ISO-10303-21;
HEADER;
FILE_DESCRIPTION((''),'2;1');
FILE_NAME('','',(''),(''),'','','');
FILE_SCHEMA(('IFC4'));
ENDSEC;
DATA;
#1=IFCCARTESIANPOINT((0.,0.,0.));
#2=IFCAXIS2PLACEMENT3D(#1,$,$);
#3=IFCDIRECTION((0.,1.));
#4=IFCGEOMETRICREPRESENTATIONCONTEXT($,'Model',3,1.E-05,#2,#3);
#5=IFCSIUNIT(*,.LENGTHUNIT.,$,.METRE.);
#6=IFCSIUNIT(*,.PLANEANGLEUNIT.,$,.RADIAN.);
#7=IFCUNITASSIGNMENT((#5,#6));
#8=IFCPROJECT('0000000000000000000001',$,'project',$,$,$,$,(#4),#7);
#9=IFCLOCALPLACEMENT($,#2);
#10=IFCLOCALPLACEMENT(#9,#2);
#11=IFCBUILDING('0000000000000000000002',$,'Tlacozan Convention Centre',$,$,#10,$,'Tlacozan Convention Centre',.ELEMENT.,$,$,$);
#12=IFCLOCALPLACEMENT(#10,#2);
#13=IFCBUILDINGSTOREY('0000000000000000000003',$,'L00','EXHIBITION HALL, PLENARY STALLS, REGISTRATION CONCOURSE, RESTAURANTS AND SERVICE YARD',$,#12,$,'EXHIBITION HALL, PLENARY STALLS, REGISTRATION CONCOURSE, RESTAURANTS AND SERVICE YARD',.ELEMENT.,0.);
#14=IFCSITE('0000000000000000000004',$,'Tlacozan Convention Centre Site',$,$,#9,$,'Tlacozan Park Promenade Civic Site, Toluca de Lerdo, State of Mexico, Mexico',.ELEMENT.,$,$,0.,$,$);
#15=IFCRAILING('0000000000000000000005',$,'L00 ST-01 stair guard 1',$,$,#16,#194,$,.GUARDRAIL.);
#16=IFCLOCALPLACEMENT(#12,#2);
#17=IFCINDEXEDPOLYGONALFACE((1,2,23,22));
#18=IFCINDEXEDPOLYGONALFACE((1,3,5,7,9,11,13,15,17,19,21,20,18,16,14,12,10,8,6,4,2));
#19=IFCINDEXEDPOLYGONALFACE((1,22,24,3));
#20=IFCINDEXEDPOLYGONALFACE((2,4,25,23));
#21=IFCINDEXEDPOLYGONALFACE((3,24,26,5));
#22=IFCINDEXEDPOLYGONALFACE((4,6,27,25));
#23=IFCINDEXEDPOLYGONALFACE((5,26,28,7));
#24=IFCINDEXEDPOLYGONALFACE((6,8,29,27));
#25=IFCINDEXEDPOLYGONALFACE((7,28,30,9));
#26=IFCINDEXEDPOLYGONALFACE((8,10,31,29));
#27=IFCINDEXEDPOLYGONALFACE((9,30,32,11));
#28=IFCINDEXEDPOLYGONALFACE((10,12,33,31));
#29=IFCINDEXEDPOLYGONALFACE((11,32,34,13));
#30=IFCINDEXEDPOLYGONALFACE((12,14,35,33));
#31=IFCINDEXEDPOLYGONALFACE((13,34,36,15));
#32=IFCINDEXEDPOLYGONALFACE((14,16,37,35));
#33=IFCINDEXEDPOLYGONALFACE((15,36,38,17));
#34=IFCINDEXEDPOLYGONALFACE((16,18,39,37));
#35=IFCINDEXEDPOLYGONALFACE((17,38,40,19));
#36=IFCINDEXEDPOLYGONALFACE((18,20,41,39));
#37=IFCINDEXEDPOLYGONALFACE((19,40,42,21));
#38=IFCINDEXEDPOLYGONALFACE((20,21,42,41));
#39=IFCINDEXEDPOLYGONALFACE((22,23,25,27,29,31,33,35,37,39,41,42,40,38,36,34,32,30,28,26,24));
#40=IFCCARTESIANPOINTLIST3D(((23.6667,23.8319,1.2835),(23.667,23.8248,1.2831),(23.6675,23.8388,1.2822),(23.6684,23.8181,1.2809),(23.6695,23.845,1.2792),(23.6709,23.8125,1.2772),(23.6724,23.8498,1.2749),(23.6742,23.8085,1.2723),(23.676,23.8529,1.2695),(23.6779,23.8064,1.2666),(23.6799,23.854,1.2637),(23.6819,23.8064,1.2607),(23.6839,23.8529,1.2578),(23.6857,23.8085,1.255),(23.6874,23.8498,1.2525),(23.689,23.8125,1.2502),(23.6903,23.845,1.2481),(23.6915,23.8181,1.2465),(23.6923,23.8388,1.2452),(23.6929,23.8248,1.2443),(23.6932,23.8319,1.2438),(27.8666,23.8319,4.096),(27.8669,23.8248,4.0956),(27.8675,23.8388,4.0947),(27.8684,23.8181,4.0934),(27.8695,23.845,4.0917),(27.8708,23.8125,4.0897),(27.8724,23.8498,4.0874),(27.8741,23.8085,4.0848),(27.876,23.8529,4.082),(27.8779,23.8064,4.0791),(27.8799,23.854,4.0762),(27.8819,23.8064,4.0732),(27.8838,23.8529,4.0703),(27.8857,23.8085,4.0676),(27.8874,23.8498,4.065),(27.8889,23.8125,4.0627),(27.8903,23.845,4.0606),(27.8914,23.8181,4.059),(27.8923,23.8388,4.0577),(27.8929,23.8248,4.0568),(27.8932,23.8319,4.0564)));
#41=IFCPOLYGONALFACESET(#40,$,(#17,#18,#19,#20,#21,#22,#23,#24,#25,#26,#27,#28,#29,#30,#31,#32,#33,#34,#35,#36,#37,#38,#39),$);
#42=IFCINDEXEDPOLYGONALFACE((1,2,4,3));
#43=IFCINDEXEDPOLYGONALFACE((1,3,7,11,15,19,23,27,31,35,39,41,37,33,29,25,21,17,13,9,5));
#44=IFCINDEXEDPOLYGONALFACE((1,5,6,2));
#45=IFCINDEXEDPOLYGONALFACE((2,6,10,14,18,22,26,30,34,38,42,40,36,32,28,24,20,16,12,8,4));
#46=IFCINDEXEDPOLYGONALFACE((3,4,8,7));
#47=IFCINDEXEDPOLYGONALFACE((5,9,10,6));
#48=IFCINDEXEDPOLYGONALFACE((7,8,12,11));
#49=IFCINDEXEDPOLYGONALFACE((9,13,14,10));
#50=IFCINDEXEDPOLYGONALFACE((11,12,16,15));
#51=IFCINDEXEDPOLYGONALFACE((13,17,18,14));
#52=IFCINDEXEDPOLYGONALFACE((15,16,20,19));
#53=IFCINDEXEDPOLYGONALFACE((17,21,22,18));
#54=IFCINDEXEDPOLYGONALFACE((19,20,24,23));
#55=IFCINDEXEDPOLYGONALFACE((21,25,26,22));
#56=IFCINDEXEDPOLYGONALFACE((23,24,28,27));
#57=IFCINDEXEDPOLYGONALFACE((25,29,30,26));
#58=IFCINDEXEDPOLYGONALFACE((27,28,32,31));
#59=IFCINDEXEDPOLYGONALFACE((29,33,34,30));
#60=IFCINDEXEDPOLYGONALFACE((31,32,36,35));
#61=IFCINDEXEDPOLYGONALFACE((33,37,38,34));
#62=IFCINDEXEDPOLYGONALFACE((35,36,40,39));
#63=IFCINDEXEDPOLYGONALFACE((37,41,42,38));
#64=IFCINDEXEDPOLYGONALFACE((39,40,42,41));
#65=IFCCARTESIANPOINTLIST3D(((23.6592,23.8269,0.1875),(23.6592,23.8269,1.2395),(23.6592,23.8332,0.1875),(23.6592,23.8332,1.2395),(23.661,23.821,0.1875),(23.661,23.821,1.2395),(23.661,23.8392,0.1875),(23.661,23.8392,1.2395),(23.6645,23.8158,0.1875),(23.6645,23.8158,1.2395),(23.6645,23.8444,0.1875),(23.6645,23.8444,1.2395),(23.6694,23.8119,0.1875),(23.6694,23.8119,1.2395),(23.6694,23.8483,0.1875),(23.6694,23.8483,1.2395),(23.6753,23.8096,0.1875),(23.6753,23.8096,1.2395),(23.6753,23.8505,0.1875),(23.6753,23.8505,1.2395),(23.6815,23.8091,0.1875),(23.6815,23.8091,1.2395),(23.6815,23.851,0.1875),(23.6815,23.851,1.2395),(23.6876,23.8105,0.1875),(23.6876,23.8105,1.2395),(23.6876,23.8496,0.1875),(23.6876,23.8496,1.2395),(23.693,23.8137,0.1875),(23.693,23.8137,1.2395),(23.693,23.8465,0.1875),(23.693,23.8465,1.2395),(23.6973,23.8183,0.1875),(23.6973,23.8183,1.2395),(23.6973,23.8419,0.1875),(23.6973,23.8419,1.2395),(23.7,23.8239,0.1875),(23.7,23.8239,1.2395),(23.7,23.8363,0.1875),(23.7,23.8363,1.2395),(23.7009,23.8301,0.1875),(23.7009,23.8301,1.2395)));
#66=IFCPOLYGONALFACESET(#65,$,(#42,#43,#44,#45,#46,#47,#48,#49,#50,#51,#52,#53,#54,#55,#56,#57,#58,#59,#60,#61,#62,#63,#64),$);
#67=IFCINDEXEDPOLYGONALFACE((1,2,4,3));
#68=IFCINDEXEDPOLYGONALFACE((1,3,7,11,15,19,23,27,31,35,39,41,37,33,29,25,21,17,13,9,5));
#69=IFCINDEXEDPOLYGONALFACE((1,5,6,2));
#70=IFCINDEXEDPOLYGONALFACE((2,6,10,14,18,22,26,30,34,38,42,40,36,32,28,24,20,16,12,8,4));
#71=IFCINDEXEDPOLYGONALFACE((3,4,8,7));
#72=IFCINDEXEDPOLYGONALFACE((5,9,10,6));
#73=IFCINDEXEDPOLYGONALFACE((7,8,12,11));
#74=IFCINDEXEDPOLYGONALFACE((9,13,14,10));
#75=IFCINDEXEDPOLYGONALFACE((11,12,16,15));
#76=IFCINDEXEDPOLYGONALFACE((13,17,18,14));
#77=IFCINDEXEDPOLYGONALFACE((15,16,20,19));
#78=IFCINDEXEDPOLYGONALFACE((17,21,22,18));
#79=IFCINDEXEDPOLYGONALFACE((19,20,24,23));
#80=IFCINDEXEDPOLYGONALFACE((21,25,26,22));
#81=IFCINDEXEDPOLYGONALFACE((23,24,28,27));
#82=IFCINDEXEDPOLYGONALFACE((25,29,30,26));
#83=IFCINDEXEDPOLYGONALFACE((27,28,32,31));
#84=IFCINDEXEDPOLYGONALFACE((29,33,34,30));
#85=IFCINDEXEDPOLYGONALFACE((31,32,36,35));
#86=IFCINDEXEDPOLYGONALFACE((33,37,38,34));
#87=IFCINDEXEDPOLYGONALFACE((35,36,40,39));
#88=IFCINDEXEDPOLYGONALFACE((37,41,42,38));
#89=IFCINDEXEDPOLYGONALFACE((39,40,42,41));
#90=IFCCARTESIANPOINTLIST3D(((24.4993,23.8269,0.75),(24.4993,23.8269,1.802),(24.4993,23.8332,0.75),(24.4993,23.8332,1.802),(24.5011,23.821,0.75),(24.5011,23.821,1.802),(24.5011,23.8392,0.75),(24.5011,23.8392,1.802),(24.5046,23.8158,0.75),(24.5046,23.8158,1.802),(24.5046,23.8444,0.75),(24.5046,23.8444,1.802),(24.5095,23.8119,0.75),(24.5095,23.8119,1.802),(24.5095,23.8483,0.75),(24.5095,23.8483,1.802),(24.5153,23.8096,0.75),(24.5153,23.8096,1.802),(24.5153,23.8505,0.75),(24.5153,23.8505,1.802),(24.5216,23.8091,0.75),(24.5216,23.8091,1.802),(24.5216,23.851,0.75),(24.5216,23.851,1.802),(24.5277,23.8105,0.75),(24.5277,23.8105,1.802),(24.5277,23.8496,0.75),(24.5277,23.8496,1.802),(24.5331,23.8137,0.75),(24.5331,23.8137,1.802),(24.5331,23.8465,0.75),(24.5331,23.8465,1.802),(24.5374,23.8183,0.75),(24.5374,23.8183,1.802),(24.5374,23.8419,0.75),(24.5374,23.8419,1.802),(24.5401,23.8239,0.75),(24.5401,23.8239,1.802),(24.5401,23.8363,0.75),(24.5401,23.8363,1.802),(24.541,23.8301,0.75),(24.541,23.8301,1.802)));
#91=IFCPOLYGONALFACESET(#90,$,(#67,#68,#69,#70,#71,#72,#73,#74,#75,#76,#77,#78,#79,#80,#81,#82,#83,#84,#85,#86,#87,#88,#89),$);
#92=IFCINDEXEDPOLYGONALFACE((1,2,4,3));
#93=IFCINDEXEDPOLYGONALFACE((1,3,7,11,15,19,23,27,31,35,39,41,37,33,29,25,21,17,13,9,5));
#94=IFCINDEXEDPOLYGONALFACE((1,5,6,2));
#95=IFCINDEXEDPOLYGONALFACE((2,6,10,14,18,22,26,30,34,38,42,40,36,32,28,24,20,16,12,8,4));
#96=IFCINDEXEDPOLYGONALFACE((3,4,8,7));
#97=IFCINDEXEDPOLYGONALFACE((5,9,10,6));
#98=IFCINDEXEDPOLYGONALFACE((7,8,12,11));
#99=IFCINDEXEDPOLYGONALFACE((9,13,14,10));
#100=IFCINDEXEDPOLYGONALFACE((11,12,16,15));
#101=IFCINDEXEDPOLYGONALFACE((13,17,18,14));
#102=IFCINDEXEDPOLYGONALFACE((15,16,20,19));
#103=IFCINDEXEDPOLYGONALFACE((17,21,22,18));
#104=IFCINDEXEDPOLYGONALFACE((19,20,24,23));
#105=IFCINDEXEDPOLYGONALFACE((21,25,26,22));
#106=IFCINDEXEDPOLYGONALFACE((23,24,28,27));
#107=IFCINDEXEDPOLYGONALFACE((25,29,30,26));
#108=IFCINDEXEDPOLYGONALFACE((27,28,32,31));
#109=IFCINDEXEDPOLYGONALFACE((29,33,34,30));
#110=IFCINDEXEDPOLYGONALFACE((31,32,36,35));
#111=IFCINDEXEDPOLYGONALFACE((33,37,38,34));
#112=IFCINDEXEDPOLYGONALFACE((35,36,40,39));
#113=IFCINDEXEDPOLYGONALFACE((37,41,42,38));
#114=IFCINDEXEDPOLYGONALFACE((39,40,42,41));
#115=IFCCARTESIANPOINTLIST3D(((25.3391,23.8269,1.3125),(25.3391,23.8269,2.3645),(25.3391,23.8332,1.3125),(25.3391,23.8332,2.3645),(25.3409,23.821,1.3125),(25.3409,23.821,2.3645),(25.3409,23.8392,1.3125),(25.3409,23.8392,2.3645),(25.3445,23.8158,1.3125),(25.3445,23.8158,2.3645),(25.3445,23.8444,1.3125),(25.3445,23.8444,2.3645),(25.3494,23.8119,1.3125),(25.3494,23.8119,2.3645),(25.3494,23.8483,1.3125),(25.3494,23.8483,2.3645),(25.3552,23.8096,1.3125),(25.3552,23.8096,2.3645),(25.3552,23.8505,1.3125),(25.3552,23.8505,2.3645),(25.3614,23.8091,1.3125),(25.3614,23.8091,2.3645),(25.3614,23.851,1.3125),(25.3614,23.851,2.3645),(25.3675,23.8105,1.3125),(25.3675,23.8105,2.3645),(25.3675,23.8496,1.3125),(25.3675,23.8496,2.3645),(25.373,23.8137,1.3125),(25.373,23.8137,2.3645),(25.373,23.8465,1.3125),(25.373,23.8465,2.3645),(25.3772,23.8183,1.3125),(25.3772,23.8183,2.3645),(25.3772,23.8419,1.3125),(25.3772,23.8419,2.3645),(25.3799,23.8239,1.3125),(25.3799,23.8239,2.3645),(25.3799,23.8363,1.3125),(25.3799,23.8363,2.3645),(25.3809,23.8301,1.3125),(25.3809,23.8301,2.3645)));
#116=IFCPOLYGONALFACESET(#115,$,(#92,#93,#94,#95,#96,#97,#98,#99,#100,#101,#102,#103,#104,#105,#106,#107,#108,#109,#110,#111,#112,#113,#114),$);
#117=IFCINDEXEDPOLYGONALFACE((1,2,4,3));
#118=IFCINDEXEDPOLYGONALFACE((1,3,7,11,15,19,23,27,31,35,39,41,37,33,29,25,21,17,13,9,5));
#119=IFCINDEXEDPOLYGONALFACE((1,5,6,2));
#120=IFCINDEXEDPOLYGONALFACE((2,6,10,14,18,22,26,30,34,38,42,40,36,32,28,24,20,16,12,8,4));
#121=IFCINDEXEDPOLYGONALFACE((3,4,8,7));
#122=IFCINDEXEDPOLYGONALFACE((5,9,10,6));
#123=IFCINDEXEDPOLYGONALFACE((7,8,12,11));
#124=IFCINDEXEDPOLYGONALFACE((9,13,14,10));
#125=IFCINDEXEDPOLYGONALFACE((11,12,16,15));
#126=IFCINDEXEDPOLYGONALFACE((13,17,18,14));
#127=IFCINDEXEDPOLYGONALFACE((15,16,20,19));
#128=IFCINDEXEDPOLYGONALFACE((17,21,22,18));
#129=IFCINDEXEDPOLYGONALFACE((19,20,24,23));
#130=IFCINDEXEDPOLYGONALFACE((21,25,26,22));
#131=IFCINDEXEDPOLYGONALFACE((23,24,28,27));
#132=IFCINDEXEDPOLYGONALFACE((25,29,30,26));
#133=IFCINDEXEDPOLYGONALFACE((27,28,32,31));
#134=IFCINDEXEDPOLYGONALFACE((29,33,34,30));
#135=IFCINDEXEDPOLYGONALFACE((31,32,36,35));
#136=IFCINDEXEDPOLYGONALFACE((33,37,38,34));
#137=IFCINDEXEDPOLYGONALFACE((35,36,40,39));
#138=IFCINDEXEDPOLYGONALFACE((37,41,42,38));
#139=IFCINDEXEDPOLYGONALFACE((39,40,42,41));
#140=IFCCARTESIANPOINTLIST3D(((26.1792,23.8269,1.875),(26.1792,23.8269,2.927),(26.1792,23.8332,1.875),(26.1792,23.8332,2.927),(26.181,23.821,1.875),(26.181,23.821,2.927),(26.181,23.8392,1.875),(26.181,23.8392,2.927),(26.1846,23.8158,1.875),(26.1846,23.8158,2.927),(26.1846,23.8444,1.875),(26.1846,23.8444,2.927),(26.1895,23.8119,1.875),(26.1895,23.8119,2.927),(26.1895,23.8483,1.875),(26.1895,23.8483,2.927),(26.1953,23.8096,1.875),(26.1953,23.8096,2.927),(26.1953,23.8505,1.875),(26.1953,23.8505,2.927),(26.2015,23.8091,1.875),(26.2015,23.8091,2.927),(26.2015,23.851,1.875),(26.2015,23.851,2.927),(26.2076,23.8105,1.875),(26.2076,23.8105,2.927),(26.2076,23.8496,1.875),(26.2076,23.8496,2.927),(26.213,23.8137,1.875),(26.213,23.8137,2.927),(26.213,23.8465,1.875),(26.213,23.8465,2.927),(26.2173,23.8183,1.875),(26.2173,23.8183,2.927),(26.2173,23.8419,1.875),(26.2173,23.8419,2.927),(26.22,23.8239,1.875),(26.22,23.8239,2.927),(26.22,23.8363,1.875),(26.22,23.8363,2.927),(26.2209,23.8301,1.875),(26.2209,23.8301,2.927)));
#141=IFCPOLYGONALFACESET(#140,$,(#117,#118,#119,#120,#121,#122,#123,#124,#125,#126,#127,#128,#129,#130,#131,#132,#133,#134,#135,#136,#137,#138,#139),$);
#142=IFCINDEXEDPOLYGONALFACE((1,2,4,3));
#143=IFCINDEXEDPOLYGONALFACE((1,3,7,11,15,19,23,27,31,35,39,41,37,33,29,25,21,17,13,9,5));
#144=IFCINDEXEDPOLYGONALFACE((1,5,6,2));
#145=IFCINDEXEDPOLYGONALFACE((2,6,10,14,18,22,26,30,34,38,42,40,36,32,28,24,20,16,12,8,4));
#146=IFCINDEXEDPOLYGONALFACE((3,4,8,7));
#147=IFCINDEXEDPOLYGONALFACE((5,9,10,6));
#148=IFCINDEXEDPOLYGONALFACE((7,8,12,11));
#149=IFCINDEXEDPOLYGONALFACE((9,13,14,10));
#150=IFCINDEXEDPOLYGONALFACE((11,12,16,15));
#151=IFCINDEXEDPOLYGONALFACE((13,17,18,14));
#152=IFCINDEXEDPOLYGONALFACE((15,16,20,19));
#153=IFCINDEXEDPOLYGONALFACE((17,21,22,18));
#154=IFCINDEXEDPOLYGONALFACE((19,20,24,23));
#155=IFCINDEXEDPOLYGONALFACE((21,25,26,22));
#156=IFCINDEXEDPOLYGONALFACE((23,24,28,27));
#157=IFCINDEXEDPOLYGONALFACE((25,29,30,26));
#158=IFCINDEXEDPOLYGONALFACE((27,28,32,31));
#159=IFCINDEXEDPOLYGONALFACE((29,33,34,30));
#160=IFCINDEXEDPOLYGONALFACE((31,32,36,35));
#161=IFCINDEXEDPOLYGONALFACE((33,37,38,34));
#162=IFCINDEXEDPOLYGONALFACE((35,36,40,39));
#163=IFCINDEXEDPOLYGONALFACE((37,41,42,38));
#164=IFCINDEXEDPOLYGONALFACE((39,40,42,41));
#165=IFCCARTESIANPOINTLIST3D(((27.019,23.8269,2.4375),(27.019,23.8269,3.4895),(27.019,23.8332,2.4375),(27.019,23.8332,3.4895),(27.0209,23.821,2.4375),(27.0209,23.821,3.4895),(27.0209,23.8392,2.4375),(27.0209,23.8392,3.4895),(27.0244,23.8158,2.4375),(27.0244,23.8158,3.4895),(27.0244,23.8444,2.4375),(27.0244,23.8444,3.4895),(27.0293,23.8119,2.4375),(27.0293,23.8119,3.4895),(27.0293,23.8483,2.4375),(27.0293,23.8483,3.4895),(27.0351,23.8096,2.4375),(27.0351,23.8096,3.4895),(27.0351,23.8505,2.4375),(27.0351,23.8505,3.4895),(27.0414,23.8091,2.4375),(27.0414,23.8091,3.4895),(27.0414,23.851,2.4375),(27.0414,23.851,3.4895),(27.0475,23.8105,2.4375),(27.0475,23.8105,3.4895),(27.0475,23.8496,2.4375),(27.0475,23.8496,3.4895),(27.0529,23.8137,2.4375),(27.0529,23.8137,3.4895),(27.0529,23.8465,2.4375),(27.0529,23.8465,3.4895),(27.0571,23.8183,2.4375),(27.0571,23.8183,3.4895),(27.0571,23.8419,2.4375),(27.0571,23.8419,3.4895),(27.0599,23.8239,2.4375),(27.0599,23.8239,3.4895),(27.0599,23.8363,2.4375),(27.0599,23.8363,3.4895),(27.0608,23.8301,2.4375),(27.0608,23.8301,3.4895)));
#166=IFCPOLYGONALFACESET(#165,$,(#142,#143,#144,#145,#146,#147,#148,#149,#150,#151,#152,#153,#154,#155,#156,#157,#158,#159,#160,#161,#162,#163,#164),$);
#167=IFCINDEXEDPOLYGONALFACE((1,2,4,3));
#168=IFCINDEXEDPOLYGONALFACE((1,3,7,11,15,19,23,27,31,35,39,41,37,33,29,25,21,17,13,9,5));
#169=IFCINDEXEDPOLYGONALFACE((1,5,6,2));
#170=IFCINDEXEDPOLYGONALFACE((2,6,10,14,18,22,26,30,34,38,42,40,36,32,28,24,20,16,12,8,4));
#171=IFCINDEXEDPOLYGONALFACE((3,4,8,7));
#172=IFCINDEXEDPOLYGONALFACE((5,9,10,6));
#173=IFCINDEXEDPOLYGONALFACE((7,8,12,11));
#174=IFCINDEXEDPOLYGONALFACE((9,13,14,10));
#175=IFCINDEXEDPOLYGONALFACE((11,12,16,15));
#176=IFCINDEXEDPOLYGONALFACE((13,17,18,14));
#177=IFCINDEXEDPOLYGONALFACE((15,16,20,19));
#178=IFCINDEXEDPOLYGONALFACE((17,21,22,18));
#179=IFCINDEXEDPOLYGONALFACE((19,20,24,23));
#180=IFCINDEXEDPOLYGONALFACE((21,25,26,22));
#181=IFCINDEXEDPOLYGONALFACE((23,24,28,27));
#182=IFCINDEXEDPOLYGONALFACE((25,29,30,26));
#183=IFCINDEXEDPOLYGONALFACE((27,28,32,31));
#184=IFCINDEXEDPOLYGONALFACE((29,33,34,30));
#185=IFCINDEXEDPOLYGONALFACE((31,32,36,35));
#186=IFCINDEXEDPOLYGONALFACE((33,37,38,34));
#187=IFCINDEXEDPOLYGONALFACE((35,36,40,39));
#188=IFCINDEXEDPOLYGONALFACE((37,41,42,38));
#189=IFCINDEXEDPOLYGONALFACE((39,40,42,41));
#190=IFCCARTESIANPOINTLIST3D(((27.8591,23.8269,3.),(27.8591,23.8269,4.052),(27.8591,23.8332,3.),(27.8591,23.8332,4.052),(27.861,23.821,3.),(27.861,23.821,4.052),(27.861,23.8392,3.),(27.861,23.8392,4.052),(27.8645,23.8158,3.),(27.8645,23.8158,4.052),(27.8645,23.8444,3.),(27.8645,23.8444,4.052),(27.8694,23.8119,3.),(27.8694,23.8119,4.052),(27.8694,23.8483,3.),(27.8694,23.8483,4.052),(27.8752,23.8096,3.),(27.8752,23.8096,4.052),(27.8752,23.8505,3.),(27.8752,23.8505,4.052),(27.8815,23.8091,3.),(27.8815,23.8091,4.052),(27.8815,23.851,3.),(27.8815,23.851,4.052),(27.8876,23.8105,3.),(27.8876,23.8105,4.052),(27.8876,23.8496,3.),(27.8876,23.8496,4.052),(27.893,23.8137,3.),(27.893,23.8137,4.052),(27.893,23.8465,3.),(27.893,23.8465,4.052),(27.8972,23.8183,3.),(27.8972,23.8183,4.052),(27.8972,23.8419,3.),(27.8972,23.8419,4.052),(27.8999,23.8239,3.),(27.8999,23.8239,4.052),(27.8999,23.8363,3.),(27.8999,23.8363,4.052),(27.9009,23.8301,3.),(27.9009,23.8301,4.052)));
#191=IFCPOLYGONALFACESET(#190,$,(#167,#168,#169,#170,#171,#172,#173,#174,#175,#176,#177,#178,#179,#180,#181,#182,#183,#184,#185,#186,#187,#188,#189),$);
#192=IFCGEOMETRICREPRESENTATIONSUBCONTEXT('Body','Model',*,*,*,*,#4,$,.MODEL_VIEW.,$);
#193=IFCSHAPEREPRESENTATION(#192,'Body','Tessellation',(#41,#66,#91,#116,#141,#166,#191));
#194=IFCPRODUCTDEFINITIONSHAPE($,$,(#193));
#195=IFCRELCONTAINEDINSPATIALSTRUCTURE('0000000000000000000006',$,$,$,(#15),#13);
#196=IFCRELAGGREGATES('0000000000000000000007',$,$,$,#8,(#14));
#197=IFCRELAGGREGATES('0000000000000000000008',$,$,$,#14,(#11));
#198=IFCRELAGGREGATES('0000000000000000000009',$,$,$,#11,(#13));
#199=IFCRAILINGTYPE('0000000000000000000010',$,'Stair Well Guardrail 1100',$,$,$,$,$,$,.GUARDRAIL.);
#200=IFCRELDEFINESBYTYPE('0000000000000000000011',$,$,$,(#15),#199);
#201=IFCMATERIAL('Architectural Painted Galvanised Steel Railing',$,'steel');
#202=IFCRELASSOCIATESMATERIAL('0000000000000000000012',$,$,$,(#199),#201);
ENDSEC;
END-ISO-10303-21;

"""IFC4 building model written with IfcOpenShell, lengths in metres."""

from ifc_helpers import new_model, si_unit, direction, frame, origin, origin_2d, place, context, subcontext, project, spatial, circle, extrude, material, type_object, element, save


model = new_model("IFC4")

# Units and contexts
model_context = context("Model", 3, precision=1e-05, world=origin(), true_north=direction((0.0, 1.0)))
body_context = subcontext(model_context, "Body", "Model", "MODEL_VIEW")
ifc_project = project(units=[si_unit("LENGTHUNIT", "METRE"), si_unit("PLANEANGLEUNIT", "RADIAN")], contexts=[model_context])

# Site, building, storey
site_placement = place(None, origin())
site = spatial("IfcSite", under=ifc_project, at=site_placement, Name="Tlacozan Convention Centre Site", LongName="Tlacozan Park Promenade Civic Site, Toluca de Lerdo, State of Mexico, Mexico", CompositionType="ELEMENT", RefElevation=0.0)
building_placement = place(site_placement, origin())
building = spatial("IfcBuilding", under=site, at=building_placement, Name="Tlacozan Convention Centre", LongName="Tlacozan Convention Centre", CompositionType="ELEMENT")
storey_placement = place(building_placement, origin())
storey = spatial("IfcBuildingStorey", under=building, at=storey_placement, Name="L00", Description="EXHIBITION HALL, PLENARY STALLS, REGISTRATION CONCOURSE, RESTAURANTS AND SERVICE YARD", LongName="EXHIBITION HALL, PLENARY STALLS, REGISTRATION CONCOURSE, RESTAURANTS AND SERVICE YARD", CompositionType="ELEMENT", Elevation=0.0)

# Railing
ifc_material_1 = material(Name="Architectural Painted Galvanised Steel Railing", Category="steel")
railing_type_1 = type_object("IfcRailingType", Name="Stair Well Guardrail 1100", PredefinedType="GUARDRAIL", material=ifc_material_1)
railing_1_placement = place(storey_placement, frame((23.6799, 23.8301, 0.1875)))
element("IfcRailing", 1, at=railing_1_placement, inside=storey, type_object=railing_type_1, Name="L00 ST-01 stair guard 1", PredefinedType="GUARDRAIL", context=body_context, shape_type="SweptSolid", body=[
    extrude(circle(Radius=0.0239, at=origin_2d()), frame((0.0, 0.0, 1.0762), z_axis=(0.830904, 0.0, 0.556416), x_axis=(0.0, 1.0, 0.0)), (0.0, 0.0, 1.0), 5.0547),
    extrude(circle(Radius=0.021, at=origin_2d()), origin(), (0.0, 0.0, 1.0), 1.052),
    extrude(circle(Radius=0.021, at=origin_2d()), frame((0.8401, 0.0, 0.5625)), (0.0, 0.0, 1.0), 1.052),
    extrude(circle(Radius=0.021, at=origin_2d()), frame((1.6799, 0.0, 1.125)), (0.0, 0.0, 1.0), 1.052),
    extrude(circle(Radius=0.021, at=origin_2d()), frame((2.52, 0.0, 1.6875)), (0.0, 0.0, 1.0), 1.052),
    extrude(circle(Radius=0.021, at=origin_2d()), frame((3.3599, 0.0, 2.25)), (0.0, 0.0, 1.0), 1.052),
    extrude(circle(Radius=0.021, at=origin_2d()), frame((4.2, 0.0, 2.8125)), (0.0, 0.0, 1.0), 1.052),
])

save(model, "model.ifc")
